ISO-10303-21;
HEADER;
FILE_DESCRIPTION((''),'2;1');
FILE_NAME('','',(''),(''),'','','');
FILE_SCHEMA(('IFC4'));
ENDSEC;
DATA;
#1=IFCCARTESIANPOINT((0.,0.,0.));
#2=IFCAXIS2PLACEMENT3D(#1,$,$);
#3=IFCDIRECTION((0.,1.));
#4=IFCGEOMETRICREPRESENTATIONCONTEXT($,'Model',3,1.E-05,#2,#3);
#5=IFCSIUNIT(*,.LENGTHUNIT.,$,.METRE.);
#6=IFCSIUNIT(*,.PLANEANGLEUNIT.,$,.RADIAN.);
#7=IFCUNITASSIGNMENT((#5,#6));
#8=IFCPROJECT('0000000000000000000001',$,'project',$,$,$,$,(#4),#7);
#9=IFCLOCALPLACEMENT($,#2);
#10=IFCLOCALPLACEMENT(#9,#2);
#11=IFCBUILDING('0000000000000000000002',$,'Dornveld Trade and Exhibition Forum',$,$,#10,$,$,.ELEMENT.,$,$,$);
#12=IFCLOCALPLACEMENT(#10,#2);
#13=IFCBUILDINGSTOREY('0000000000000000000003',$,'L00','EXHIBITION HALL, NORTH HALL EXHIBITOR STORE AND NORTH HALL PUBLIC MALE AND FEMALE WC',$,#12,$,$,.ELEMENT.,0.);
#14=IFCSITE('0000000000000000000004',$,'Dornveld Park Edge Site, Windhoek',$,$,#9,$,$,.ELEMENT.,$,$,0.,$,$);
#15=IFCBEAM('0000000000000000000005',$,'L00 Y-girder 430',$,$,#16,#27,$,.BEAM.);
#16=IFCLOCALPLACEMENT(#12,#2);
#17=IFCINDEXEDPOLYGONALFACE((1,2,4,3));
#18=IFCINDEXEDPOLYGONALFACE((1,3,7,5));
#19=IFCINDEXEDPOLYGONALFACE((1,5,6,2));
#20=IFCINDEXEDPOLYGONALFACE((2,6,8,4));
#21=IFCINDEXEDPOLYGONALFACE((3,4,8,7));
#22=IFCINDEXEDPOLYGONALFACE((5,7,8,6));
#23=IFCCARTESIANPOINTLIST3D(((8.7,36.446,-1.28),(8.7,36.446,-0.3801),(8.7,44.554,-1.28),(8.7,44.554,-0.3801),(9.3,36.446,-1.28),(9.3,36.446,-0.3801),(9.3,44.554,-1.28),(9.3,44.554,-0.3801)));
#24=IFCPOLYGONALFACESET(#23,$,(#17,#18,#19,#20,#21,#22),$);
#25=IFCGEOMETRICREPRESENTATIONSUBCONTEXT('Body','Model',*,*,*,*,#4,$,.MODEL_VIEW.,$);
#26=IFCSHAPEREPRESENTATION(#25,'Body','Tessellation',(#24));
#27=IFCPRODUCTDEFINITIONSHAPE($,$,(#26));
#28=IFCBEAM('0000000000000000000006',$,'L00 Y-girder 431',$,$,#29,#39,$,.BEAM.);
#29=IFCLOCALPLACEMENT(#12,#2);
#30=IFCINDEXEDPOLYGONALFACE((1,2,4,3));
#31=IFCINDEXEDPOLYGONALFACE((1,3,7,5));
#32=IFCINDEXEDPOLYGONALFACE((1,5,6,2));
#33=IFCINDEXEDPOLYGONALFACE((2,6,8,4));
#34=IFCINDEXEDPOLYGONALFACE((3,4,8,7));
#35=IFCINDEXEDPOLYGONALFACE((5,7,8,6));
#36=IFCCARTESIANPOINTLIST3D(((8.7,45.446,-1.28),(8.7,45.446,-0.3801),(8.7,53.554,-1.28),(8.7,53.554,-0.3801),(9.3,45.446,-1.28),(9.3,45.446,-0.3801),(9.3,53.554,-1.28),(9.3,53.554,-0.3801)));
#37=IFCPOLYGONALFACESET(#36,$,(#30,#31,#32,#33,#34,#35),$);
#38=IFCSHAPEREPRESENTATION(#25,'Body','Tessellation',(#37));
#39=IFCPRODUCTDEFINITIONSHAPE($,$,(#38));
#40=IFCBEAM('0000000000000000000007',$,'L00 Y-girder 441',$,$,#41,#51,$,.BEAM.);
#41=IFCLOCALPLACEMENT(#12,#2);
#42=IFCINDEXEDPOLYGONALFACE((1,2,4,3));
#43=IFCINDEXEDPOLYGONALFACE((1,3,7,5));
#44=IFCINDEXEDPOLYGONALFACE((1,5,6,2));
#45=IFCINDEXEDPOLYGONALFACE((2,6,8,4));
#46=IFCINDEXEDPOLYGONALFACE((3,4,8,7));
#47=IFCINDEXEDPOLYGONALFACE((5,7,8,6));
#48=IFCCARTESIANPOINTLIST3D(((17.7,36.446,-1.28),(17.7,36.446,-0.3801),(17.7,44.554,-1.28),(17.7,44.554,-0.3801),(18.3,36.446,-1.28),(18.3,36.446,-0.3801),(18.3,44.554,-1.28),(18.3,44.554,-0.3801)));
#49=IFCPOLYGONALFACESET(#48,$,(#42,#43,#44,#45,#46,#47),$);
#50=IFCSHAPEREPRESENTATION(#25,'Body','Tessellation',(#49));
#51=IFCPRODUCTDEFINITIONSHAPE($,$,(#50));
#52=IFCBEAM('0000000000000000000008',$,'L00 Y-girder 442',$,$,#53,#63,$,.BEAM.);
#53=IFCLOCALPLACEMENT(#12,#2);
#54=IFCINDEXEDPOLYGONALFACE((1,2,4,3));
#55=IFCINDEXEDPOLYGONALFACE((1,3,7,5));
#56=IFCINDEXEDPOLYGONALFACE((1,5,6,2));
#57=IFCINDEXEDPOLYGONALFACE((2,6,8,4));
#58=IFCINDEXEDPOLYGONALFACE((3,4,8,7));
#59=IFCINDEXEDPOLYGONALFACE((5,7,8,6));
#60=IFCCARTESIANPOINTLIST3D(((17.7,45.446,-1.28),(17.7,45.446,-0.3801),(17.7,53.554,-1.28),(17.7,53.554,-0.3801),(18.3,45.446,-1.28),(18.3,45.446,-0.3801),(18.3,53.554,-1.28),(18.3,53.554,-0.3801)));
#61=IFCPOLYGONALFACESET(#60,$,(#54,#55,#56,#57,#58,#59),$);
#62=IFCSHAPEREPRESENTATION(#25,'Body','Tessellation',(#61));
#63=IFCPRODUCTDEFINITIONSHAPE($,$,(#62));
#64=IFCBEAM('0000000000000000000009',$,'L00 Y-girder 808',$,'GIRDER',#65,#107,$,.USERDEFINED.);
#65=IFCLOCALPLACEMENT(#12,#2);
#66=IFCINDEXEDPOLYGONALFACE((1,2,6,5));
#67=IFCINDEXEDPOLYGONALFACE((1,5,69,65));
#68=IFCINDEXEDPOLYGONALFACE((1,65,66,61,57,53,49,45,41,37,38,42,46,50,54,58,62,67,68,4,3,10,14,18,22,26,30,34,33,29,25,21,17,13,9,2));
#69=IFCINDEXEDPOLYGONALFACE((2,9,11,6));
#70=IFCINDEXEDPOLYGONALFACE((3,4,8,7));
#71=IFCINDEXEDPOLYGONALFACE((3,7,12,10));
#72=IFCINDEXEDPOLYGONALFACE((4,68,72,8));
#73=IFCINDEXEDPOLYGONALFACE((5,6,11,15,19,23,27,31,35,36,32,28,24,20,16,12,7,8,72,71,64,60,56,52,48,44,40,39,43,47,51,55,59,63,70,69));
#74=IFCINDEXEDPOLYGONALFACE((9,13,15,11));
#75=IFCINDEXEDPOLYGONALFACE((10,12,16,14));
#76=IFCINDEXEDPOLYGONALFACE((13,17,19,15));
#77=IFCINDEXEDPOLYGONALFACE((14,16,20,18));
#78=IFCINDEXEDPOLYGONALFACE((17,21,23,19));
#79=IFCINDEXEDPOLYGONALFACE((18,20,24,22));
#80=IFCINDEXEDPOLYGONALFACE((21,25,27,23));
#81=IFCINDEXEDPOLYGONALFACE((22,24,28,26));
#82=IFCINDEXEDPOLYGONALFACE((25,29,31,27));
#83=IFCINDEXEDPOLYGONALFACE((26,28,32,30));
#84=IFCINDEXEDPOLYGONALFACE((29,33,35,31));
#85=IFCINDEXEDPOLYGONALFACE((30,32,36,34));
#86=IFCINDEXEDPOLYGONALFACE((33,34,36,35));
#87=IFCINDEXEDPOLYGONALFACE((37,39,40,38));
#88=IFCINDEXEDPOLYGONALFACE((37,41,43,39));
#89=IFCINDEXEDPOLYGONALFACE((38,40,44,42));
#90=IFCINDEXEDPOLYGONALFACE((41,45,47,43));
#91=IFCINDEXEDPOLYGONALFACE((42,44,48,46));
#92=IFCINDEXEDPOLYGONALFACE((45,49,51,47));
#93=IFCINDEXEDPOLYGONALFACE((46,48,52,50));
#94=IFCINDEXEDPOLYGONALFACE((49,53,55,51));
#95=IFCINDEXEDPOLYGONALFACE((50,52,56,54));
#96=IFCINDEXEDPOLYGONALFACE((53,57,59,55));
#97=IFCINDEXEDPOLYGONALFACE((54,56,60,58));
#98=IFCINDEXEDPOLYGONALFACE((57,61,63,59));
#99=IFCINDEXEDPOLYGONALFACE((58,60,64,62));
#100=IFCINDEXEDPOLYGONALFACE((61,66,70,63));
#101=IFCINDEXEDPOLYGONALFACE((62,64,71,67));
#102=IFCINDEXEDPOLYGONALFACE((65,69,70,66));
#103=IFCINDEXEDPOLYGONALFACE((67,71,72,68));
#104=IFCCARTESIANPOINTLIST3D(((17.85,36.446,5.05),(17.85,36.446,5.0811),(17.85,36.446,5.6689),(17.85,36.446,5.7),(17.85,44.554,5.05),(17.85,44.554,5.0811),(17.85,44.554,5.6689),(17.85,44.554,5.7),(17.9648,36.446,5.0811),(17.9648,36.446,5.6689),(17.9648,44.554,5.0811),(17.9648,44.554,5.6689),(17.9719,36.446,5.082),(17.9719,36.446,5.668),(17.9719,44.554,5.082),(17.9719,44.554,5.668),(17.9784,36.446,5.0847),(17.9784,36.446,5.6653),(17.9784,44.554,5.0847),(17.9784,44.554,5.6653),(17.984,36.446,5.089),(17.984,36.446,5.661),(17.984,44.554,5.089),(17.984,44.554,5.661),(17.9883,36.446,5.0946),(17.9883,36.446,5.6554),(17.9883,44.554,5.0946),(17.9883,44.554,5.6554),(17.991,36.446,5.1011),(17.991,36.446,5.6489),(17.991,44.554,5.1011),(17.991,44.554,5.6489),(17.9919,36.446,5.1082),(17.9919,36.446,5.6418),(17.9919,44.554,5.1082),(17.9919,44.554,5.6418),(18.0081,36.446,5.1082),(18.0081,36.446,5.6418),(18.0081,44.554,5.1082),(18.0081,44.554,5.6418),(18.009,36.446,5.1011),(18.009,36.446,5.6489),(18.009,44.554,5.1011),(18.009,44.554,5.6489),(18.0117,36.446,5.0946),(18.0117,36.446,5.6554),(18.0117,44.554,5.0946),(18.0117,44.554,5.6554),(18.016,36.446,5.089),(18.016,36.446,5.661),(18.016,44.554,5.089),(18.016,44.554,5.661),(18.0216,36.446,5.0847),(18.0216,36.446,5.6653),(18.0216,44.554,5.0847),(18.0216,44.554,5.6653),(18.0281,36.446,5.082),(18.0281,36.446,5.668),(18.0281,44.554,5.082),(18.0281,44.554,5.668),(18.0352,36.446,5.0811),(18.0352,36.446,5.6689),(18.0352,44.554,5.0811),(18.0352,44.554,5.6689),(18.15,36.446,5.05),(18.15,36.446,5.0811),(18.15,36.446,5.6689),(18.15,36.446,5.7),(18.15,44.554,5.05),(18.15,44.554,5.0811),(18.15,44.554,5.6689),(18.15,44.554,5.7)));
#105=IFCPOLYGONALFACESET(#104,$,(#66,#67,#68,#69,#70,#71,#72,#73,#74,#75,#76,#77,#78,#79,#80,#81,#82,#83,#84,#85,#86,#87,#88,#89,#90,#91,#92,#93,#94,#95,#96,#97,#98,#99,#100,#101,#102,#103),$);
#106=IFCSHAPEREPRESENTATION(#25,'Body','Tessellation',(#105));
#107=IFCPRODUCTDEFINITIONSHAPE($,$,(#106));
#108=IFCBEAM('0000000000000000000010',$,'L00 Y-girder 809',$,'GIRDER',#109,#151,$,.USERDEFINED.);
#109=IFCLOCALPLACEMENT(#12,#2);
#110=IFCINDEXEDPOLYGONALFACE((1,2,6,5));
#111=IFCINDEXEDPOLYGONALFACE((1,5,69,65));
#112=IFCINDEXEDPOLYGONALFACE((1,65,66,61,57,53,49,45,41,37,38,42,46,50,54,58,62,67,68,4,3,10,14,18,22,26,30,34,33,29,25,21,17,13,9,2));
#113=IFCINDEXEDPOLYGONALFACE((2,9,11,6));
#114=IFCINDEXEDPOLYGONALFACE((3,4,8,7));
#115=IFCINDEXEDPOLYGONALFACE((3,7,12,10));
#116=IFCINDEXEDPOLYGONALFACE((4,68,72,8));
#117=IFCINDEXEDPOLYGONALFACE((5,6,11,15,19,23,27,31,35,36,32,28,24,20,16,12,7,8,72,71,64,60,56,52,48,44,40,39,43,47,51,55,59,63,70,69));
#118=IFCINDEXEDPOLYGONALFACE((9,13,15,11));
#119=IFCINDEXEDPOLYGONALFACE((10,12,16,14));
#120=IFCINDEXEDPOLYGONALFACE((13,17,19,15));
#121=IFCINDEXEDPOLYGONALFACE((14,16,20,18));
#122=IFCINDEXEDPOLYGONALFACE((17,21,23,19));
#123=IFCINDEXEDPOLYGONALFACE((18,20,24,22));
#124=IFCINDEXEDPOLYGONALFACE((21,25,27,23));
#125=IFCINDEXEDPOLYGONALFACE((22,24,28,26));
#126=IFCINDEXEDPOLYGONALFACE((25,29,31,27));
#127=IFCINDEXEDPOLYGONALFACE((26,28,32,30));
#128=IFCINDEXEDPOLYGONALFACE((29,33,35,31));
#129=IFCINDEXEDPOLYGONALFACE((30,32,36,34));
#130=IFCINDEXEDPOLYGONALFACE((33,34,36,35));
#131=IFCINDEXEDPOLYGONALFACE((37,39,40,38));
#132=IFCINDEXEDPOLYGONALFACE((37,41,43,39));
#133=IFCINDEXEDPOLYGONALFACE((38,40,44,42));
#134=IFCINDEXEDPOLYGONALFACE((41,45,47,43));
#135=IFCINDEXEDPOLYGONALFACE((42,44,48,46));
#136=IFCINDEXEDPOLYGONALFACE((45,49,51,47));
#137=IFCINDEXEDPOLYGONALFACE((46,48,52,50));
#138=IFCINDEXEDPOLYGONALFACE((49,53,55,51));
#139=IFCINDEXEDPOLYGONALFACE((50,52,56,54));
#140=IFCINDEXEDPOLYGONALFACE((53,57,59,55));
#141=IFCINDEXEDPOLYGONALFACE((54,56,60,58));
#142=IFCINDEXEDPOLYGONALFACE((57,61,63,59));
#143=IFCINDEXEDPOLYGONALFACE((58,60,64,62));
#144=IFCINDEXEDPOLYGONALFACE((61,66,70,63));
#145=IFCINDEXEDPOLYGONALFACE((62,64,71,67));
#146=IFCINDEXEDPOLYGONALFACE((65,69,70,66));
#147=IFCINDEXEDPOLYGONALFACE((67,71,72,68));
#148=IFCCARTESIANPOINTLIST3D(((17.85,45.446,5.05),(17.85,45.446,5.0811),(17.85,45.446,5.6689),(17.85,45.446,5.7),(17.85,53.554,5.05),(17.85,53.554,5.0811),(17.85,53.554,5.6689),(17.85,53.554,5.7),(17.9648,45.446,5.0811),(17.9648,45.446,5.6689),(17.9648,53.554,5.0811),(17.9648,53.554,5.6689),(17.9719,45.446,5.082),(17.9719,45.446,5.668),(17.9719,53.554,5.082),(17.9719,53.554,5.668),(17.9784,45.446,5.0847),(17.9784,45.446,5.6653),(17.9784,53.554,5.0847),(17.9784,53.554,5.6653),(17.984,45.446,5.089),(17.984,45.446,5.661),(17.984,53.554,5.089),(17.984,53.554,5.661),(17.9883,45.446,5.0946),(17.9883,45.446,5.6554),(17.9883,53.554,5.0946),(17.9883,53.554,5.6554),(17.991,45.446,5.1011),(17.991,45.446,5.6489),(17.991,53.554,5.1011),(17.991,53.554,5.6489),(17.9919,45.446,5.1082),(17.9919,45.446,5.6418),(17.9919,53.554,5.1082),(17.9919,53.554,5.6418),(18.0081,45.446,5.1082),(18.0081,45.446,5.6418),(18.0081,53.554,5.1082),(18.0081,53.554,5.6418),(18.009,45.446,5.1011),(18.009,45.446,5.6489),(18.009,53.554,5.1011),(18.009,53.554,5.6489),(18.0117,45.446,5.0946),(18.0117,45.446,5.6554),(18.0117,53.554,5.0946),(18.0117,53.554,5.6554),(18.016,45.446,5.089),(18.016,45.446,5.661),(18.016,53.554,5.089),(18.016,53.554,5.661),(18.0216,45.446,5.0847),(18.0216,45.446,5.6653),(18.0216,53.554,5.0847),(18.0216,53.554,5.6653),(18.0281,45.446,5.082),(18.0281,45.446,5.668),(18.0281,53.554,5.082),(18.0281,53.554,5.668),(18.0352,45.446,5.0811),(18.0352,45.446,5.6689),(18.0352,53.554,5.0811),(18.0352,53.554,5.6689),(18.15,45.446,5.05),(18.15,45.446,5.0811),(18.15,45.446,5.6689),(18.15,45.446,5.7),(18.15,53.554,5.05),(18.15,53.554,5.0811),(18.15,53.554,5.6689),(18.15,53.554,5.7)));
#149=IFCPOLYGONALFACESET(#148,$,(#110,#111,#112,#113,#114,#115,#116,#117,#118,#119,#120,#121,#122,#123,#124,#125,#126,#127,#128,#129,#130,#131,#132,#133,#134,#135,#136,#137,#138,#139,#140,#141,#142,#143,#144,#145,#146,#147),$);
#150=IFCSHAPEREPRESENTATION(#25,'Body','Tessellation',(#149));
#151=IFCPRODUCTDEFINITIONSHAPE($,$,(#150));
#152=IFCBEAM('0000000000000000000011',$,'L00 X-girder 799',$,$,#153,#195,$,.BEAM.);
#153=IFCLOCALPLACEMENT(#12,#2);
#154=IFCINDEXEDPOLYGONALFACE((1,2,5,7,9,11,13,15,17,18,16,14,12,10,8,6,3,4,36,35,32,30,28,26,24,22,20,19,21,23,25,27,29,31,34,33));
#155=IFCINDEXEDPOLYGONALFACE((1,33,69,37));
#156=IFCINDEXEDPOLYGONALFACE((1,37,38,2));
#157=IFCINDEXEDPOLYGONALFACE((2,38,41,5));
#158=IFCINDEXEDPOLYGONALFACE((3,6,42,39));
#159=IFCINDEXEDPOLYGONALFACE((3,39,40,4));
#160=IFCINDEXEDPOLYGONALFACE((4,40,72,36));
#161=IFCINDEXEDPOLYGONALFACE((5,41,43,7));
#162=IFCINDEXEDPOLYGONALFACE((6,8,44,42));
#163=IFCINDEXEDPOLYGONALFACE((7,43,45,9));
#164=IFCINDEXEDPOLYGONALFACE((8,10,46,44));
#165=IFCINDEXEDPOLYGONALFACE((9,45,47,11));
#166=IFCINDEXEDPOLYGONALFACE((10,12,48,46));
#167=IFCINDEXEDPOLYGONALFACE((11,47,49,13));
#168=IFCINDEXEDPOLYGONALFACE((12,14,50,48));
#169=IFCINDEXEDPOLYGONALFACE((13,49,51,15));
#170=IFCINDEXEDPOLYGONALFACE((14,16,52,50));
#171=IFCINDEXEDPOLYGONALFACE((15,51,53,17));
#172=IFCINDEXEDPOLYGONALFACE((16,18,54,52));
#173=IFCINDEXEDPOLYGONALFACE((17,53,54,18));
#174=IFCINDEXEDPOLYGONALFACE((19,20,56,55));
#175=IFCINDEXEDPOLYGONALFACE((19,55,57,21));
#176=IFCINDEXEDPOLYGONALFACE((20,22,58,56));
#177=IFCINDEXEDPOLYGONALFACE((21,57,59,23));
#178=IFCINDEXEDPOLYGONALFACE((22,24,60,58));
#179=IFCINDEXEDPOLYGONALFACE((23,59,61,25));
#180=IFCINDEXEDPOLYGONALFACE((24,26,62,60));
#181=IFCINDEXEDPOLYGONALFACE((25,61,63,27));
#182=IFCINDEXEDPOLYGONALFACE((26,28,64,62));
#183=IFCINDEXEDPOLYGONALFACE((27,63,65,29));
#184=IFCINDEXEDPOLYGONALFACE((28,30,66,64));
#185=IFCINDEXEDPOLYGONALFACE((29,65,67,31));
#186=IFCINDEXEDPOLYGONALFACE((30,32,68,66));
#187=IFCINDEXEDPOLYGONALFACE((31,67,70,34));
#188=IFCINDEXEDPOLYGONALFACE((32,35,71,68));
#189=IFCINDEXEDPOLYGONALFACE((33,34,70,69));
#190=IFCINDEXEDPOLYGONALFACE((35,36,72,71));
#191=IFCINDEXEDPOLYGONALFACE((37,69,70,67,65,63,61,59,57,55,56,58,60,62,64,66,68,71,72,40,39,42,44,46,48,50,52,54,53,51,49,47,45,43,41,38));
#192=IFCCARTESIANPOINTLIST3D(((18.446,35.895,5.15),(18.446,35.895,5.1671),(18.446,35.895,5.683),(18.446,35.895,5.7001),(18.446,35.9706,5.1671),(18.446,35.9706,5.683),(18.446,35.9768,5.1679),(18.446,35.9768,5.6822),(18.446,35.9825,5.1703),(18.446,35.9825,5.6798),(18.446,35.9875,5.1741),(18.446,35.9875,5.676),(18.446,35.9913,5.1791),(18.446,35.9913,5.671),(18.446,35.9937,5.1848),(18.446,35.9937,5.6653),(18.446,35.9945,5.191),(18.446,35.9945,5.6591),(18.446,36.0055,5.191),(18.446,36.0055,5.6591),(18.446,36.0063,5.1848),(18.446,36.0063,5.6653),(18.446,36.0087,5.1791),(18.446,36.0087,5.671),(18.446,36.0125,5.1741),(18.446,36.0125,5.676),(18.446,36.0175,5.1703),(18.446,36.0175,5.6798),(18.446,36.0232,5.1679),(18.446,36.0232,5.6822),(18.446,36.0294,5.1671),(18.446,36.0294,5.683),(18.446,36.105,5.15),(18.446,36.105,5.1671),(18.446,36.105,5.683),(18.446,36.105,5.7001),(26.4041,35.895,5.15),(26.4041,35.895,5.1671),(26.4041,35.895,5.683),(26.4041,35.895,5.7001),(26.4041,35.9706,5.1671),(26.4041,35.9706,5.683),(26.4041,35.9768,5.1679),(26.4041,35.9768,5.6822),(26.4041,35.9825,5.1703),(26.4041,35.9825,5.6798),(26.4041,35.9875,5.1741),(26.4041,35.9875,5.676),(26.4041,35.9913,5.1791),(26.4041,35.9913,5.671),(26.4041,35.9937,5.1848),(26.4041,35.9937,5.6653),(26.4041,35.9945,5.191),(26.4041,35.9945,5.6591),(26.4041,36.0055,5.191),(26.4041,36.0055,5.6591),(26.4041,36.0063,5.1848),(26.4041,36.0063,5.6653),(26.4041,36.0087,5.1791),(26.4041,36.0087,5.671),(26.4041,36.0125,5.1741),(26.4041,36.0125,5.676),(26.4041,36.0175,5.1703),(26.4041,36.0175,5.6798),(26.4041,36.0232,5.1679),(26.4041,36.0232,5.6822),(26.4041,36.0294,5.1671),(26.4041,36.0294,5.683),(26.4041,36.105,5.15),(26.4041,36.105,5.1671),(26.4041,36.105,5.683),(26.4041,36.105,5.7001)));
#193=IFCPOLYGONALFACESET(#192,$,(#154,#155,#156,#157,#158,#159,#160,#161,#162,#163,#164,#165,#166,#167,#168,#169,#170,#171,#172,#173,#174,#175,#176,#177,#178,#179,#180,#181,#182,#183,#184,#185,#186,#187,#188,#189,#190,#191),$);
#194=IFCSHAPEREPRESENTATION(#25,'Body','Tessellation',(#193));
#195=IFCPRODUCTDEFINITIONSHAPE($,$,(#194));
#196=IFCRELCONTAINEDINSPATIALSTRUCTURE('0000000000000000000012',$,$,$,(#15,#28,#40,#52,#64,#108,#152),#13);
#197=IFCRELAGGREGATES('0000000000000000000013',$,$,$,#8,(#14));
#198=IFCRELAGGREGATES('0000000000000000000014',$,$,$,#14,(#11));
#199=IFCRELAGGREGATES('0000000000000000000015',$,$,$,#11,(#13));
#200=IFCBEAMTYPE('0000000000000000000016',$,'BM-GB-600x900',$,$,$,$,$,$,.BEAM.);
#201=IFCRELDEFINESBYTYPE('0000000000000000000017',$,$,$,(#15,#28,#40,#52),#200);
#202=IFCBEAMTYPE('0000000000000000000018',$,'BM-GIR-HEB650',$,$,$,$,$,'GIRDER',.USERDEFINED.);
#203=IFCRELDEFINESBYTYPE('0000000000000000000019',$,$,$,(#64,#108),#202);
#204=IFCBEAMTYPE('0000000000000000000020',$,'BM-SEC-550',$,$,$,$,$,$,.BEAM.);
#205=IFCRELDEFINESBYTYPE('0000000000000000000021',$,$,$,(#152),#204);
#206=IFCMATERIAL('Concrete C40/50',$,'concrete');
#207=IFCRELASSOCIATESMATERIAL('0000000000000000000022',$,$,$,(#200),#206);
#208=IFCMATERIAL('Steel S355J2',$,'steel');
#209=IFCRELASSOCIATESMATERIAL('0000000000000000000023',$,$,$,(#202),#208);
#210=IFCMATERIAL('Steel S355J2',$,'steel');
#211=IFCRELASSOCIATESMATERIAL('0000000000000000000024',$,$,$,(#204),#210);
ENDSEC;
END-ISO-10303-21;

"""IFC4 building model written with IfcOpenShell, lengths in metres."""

from ifc_helpers import new_model, si_unit, direction, frame, origin, origin_2d, place, context, subcontext, project, spatial, rectangle, i_section, extrude, material, material_profile, profile_set, type_object, element, save


model = new_model("IFC4")

# Units and contexts
model_context = context("Model", 3, precision=1e-05, world=origin(), true_north=direction((0.0, 1.0)))
body_context = subcontext(model_context, "Body", "Model", "MODEL_VIEW")
ifc_project = project(units=[si_unit("LENGTHUNIT", "METRE"), si_unit("PLANEANGLEUNIT", "RADIAN")], contexts=[model_context])

# Site, building, storey
site_placement = place(None, origin())
site = spatial("IfcSite", under=ifc_project, at=site_placement, Name="Dornveld Park Edge Site, Windhoek", CompositionType="ELEMENT", RefElevation=0.0)
building_placement = place(site_placement, origin())
building = spatial("IfcBuilding", under=site, at=building_placement, Name="Dornveld Trade and Exhibition Forum", CompositionType="ELEMENT")
storey_placement = place(building_placement, origin())
storey = spatial("IfcBuildingStorey", under=building, at=storey_placement, Name="L00", Description="EXHIBITION HALL, NORTH HALL EXHIBITOR STORE AND NORTH HALL PUBLIC MALE AND FEMALE WC", CompositionType="ELEMENT", Elevation=0.0)

# Beams
ifc_material_1 = material(Name="Concrete C40/50", Category="concrete")
ifc_material_profile_1 = material_profile(ifc_material_1, rectangle(XDim=0.6001, YDim=0.8999, at=origin_2d()), Name="RC-GB 600x900")
ifc_profile_set_1 = profile_set([ifc_material_profile_1], Name="Concrete C40/50")
beam_type_1 = type_object("IfcBeamType", Name="BM-GB-600x900", PredefinedType="BEAM", material=ifc_profile_set_1)
for number, where, z_axis, x_axis, name in (
    (1, (9.0, 36.446, -0.8301), (0.0, 1.0, 0.0), (-1.0, 0.0, 0.0), "L00 Y-girder 430"),
    (2, (9.0, 45.446, -0.8301), (0.0, 1.0, 0.0), (-1.0, 0.0, 0.0), "L00 Y-girder 431"),
    (3, (18.0, 36.446, -0.8301), (0.0, 1.0, 0.0), (-1.0, 0.0, 0.0), "L00 Y-girder 441"),
    (4, (18.0, 45.446, -0.8301), (0.0, 1.0, 0.0), (-1.0, 0.0, 0.0), "L00 Y-girder 442"),
):
    element("IfcBeam", number, at=place(storey_placement, frame(where, z_axis=z_axis, x_axis=x_axis)), inside=storey, type_object=beam_type_1, Name=name, PredefinedType="BEAM", context=body_context, shape_type="SweptSolid", body=[
        extrude(rectangle(XDim=0.6001, YDim=0.8999, at=origin_2d()), origin(), (0.0, 0.0, 1.0), 8.1079),
    ])
ifc_material_2 = material(Name="Steel S355J2", Category="steel")
ifc_material_profile_2 = material_profile(ifc_material_2, i_section(OverallWidth=0.3, OverallDepth=0.6499, WebThickness=0.0161, FlangeThickness=0.031, FilletRadius=0.0271, at=origin_2d()), Name="HEB 650")
ifc_profile_set_2 = profile_set([ifc_material_profile_2], Name="Steel S355J2")
beam_type_2 = type_object("IfcBeamType", Name="BM-GIR-HEB650", ElementType="GIRDER", PredefinedType="USERDEFINED", material=ifc_profile_set_2)
for number, where, z_axis, x_axis, name in (
    (5, (18.0, 36.446, 5.375), (0.0, 1.0, 0.0), (-1.0, 0.0, 0.0), "L00 Y-girder 808"),
    (6, (18.0, 45.446, 5.375), (0.0, 1.0, 0.0), (-1.0, 0.0, 0.0), "L00 Y-girder 809"),
):
    element("IfcBeam", number, at=place(storey_placement, frame(where, z_axis=z_axis, x_axis=x_axis)), inside=storey, type_object=beam_type_2, Name=name, ObjectType="GIRDER", PredefinedType="USERDEFINED", context=body_context, shape_type="SweptSolid", body=[
        extrude(i_section(OverallWidth=0.3, OverallDepth=0.6499, WebThickness=0.0161, FlangeThickness=0.031, FilletRadius=0.0271, at=origin_2d()), origin(), (0.0, 0.0, 1.0), 8.1079),
    ])
ifc_material_3 = material(Name="Steel S355J2", Category="steel")
ifc_material_profile_3 = material_profile(ifc_material_3, i_section(OverallWidth=0.21, OverallDepth=0.55, WebThickness=0.011, FlangeThickness=0.0171, FilletRadius=0.0239, at=origin_2d()), Name="IPE 550")
ifc_profile_set_3 = profile_set([ifc_material_profile_3], Name="Steel S355J2")
beam_type_3 = type_object("IfcBeamType", Name="BM-SEC-550", PredefinedType="BEAM", material=ifc_profile_set_3)
beam_1_placement = place(storey_placement, frame((18.446, 36.0, 5.425), z_axis=(1.0, 0.0, 0.0), x_axis=(0.0, 1.0, 0.0)))
element("IfcBeam", 7, at=beam_1_placement, inside=storey, type_object=beam_type_3, Name="L00 X-girder 799", PredefinedType="BEAM", context=body_context, shape_type="SweptSolid", body=[
    extrude(i_section(OverallWidth=0.21, OverallDepth=0.55, WebThickness=0.011, FlangeThickness=0.0171, FilletRadius=0.0239, at=origin_2d()), origin(), (0.0, 0.0, 1.0), 7.958),
])

save(model, "model.ifc")
